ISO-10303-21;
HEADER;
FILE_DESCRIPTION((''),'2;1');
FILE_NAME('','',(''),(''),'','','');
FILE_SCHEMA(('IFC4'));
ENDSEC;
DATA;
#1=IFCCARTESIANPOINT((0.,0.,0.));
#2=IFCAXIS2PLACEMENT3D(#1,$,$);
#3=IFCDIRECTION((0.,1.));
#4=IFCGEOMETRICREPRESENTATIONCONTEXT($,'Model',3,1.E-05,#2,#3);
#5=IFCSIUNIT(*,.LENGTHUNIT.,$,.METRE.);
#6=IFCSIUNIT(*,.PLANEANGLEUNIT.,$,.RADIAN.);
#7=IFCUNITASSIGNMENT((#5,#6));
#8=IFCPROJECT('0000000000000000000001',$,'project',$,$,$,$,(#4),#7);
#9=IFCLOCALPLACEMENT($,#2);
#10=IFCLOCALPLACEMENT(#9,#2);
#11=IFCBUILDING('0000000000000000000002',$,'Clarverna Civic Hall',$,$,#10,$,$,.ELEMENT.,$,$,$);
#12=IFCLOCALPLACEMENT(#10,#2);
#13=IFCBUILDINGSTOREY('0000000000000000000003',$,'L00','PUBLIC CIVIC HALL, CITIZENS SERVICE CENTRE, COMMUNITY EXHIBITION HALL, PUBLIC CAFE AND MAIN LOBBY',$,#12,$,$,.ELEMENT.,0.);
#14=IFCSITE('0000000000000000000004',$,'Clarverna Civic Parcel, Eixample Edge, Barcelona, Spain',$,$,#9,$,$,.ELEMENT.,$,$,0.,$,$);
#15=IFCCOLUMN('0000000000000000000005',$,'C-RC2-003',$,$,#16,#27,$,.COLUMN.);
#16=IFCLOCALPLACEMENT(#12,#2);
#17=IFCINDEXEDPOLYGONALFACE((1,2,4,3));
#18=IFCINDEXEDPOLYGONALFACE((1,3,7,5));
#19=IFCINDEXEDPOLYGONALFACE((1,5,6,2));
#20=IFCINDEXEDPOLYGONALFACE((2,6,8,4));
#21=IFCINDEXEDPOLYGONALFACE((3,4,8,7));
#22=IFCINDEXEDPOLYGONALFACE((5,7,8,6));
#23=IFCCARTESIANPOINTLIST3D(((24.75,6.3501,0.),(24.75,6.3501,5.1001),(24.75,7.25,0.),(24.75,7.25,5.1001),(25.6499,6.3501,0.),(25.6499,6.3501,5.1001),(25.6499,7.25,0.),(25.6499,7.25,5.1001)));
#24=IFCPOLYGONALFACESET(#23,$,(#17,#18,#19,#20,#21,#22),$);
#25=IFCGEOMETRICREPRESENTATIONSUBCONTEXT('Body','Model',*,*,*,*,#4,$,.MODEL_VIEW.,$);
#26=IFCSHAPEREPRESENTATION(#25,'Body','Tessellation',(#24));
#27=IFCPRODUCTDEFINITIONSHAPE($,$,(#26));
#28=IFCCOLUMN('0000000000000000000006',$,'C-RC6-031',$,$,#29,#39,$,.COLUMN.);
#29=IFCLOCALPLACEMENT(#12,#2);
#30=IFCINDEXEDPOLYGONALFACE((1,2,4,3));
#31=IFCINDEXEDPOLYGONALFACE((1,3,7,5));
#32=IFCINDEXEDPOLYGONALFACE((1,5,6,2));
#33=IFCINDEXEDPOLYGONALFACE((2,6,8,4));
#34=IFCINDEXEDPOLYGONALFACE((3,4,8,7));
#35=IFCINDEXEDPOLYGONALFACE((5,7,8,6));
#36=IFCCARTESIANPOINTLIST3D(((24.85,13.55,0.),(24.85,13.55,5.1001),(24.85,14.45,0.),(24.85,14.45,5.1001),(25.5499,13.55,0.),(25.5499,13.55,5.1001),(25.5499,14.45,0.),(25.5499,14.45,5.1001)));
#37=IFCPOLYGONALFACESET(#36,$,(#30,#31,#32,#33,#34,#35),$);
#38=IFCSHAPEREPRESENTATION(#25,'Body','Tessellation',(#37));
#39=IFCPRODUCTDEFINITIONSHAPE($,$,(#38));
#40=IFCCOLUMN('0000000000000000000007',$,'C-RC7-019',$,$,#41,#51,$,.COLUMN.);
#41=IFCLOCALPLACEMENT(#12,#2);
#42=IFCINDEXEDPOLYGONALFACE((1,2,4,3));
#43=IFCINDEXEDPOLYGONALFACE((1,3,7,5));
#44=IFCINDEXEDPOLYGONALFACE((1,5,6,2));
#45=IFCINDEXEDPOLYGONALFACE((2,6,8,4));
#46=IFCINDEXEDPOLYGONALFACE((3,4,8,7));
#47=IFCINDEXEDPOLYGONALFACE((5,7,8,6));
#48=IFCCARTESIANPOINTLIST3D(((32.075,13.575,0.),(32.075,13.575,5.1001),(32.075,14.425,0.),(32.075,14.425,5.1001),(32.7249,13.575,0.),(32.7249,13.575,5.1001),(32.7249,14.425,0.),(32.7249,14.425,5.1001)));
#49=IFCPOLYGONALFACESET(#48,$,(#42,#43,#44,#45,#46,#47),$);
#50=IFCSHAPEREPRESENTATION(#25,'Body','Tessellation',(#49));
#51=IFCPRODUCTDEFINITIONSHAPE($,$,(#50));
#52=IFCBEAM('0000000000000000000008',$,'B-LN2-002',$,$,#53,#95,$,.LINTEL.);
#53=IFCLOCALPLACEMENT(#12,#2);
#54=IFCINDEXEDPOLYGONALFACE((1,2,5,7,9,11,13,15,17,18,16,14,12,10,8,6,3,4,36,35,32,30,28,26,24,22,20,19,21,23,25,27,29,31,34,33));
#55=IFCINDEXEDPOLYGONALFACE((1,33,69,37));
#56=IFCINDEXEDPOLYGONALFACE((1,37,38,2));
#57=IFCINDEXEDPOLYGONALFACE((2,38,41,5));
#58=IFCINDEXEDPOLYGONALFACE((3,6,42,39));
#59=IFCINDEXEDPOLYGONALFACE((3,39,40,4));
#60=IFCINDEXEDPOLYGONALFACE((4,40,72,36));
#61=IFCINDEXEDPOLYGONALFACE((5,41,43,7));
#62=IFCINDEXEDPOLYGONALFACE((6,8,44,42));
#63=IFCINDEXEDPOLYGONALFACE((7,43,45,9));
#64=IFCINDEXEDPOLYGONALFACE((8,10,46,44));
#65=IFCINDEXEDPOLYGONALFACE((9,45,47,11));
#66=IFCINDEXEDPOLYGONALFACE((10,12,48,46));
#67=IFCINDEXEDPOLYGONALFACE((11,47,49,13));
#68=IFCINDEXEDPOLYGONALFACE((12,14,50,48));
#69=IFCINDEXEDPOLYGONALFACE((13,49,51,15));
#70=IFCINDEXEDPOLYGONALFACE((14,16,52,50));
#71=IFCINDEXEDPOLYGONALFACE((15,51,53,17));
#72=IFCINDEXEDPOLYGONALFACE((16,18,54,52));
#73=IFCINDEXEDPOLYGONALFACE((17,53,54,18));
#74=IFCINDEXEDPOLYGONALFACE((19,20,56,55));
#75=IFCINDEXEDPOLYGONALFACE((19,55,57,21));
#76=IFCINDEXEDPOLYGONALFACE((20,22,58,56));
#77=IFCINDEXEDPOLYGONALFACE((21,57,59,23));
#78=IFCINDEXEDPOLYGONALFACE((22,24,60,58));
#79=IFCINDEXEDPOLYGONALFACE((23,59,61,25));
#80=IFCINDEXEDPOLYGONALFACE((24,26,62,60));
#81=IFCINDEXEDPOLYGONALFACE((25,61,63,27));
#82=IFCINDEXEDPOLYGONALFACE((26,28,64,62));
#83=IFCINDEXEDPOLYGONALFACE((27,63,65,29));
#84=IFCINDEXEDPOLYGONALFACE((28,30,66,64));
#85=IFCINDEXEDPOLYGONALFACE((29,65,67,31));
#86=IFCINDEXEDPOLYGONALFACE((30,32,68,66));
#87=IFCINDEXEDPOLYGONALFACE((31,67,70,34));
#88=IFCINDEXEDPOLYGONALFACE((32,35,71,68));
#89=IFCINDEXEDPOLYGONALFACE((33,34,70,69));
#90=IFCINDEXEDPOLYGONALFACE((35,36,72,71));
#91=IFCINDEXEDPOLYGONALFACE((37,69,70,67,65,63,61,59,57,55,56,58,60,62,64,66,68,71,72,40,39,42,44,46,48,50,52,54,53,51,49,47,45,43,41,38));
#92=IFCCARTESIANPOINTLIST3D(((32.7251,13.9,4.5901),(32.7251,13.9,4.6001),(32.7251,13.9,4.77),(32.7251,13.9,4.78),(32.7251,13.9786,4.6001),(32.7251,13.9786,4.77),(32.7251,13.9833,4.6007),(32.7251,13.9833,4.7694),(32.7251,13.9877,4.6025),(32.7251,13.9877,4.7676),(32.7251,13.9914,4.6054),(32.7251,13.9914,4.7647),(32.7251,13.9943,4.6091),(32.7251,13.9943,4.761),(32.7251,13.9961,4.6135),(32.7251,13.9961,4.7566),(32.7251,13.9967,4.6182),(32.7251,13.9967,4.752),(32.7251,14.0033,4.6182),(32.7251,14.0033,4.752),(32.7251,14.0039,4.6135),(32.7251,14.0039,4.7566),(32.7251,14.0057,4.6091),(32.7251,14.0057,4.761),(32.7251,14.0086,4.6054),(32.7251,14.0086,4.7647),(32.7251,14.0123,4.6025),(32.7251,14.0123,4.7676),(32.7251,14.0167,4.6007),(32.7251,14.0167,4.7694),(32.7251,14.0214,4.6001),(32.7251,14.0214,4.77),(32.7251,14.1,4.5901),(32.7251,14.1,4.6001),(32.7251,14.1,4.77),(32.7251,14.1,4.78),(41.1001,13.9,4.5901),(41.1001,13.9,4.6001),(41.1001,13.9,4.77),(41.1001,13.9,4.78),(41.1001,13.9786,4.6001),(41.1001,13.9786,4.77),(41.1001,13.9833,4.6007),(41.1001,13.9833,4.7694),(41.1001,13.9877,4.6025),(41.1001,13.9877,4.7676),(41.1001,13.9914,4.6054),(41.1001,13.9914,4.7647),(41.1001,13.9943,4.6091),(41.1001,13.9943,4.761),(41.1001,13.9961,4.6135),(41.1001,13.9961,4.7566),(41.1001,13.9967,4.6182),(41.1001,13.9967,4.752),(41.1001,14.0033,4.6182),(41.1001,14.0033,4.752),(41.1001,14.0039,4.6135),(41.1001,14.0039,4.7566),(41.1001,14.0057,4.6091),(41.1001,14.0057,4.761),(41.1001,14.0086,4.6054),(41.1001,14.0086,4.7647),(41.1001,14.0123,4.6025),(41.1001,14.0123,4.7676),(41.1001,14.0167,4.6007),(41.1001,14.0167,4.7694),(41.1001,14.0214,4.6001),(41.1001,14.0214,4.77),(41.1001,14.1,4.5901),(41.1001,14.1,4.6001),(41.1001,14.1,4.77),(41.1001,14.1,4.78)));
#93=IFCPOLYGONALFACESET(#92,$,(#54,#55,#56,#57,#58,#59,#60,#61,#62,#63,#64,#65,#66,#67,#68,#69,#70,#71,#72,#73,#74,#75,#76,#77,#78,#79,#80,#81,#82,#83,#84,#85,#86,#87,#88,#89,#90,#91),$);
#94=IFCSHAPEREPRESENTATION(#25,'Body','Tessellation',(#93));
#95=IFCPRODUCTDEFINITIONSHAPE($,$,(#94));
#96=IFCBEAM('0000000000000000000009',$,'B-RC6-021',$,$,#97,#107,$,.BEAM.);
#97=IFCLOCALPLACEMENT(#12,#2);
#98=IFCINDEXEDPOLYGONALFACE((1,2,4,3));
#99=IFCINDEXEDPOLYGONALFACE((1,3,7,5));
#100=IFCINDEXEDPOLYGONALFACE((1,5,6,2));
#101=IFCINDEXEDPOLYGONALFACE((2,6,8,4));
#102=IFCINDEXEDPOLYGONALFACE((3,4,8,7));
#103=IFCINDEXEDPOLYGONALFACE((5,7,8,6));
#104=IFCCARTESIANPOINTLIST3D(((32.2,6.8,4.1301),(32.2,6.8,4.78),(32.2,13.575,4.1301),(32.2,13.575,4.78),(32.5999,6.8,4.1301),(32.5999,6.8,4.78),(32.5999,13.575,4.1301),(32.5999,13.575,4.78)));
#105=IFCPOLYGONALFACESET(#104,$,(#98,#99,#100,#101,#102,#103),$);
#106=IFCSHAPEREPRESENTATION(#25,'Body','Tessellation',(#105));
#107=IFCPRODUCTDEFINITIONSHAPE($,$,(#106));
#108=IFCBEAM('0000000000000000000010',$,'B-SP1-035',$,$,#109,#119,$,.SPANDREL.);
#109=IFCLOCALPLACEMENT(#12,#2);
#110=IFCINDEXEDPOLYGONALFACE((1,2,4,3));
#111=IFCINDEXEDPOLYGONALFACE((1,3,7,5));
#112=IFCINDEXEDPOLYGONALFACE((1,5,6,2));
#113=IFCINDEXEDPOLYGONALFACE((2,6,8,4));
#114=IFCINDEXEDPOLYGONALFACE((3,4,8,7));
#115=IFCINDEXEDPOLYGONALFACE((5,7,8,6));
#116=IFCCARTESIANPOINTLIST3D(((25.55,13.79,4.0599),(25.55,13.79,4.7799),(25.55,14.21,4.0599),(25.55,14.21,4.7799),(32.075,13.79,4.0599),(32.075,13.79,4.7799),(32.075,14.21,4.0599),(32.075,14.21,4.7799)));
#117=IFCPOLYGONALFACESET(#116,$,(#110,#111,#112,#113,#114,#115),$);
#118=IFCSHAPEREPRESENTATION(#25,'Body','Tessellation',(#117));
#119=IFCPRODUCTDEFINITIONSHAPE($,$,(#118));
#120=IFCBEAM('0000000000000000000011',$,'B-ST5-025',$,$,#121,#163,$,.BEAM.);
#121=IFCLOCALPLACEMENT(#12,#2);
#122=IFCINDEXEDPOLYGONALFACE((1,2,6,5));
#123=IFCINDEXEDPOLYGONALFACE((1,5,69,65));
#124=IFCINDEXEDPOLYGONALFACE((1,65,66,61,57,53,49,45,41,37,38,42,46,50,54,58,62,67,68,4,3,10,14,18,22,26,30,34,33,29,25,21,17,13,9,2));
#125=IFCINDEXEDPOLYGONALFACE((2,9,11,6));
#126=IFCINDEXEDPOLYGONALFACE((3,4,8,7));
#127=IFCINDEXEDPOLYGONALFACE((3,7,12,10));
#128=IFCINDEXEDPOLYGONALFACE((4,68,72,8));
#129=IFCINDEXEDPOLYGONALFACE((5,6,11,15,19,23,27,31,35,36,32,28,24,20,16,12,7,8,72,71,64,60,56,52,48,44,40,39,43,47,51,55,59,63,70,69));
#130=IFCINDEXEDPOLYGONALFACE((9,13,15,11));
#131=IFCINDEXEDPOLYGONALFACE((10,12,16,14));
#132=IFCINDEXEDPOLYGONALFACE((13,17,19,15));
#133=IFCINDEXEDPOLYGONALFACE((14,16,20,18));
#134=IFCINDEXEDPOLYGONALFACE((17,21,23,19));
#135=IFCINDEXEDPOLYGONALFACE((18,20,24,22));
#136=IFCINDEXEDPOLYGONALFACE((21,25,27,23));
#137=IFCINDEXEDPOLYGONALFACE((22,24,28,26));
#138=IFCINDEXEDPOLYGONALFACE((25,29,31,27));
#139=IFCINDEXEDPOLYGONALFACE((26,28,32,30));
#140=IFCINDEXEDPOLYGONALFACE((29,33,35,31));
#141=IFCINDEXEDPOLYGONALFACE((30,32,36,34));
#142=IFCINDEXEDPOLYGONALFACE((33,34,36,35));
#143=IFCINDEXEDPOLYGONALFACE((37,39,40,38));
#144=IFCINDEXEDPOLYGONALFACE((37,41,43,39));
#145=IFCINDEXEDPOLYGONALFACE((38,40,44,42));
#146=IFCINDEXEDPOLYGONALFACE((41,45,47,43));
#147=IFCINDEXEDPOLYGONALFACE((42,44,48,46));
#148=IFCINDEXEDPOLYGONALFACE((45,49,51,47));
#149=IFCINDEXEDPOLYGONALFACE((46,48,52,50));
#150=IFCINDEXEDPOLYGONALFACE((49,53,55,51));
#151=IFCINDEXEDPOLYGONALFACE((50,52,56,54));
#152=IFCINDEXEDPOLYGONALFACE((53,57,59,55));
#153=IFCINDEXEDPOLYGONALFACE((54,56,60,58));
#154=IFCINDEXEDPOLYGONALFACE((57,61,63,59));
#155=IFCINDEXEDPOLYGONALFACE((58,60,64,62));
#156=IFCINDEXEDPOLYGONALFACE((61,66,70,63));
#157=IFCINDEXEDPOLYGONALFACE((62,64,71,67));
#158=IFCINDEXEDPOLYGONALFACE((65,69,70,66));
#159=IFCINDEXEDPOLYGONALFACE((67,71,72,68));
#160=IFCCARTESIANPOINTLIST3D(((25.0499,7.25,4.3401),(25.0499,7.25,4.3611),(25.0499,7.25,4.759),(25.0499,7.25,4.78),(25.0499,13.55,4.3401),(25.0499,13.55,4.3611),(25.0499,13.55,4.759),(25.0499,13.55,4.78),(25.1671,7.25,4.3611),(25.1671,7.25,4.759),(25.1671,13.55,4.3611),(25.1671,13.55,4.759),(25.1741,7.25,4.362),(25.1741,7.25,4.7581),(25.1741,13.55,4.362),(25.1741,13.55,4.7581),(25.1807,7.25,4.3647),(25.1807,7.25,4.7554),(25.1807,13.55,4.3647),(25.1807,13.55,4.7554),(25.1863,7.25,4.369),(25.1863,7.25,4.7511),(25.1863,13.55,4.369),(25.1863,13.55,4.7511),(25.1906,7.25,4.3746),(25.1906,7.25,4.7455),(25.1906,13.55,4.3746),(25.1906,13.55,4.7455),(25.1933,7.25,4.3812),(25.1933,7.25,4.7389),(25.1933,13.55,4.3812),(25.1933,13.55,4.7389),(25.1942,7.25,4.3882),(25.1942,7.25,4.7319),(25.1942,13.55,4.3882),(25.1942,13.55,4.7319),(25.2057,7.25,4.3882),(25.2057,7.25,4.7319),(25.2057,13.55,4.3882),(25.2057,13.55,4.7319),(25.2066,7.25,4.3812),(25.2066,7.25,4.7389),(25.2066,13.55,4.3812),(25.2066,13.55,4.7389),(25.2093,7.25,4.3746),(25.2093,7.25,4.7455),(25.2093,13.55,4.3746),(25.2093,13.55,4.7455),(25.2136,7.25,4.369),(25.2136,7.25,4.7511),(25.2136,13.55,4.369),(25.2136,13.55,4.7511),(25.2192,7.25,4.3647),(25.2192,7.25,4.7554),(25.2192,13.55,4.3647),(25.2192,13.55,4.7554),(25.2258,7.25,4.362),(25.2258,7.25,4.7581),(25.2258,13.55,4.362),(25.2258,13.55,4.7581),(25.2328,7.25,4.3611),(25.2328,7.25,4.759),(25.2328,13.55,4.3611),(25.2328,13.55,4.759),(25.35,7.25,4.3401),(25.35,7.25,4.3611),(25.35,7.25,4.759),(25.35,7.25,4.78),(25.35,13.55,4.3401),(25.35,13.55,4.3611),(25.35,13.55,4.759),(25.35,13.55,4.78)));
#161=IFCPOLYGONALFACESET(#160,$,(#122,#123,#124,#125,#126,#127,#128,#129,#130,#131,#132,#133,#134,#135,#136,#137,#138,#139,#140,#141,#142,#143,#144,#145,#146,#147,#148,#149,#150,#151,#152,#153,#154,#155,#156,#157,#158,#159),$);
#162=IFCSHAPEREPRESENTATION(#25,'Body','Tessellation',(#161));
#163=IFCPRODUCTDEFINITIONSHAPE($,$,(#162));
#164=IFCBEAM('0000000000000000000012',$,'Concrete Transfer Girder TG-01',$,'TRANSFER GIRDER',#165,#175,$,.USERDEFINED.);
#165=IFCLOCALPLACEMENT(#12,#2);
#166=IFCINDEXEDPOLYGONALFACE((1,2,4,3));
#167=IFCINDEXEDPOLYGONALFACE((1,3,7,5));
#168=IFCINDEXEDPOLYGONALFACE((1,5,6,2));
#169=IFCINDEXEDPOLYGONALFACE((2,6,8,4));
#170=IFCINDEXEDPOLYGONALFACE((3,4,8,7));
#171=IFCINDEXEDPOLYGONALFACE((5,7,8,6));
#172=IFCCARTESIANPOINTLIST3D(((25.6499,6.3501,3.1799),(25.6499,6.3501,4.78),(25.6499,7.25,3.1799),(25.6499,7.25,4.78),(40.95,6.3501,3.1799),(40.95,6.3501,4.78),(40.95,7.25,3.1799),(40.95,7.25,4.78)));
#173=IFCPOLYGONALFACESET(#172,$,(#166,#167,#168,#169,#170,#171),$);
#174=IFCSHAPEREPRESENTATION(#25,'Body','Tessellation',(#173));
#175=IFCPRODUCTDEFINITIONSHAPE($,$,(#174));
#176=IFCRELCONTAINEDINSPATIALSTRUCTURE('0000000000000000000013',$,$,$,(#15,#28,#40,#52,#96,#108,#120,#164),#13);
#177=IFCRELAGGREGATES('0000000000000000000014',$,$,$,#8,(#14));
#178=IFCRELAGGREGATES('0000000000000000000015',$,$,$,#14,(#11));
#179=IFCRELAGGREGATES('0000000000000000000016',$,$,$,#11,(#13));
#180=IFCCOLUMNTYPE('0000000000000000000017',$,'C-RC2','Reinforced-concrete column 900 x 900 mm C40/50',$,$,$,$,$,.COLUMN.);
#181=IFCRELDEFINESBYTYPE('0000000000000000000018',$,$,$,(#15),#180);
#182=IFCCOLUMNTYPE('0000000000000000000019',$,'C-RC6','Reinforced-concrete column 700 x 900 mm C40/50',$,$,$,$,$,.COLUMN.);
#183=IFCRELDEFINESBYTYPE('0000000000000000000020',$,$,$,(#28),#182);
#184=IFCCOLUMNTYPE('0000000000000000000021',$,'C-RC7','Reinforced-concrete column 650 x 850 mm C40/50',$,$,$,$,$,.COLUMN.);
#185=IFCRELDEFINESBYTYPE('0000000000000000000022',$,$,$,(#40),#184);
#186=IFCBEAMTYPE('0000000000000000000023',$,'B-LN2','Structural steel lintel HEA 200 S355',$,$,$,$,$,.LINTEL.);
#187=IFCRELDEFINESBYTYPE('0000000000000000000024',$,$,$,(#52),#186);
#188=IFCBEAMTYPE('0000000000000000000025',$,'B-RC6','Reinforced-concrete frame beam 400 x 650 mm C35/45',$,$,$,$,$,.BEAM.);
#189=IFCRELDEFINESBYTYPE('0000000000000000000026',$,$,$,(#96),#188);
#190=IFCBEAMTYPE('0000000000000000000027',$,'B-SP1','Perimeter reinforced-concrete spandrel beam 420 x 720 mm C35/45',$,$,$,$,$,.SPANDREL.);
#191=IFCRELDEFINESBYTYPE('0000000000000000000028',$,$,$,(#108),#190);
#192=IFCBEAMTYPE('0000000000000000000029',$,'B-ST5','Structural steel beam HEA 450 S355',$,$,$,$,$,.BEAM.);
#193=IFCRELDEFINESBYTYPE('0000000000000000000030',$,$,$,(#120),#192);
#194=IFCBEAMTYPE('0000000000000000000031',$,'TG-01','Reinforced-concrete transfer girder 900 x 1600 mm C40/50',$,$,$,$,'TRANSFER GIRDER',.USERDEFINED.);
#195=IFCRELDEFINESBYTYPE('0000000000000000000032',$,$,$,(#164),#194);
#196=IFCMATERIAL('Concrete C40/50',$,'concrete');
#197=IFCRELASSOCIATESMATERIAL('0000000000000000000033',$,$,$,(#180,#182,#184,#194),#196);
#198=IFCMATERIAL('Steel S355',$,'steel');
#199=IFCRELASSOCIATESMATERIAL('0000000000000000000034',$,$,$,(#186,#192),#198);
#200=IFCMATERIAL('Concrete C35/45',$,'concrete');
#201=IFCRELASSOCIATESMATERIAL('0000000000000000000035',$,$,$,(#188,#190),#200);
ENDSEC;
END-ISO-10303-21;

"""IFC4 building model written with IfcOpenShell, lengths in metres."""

from ifc_helpers import new_model, si_unit, direction, frame, origin, origin_2d, place, context, subcontext, project, spatial, rectangle, i_section, extrude, material, material_profile, profile_set, type_object, element, save


model = new_model("IFC4")

# Units and contexts
model_context = context("Model", 3, precision=1e-05, world=origin(), true_north=direction((0.0, 1.0)))
body_context = subcontext(model_context, "Body", "Model", "MODEL_VIEW")
ifc_project = project(units=[si_unit("LENGTHUNIT", "METRE"), si_unit("PLANEANGLEUNIT", "RADIAN")], contexts=[model_context])

# Site, building, storey
site_placement = place(None, origin())
site = spatial("IfcSite", under=ifc_project, at=site_placement, Name="Clarverna Civic Parcel, Eixample Edge, Barcelona, Spain", CompositionType="ELEMENT", RefElevation=0.0)
building_placement = place(site_placement, origin())
building = spatial("IfcBuilding", under=site, at=building_placement, Name="Clarverna Civic Hall", CompositionType="ELEMENT")
storey_placement = place(building_placement, origin())
storey = spatial("IfcBuildingStorey", under=building, at=storey_placement, Name="L00", Description="PUBLIC CIVIC HALL, CITIZENS SERVICE CENTRE, COMMUNITY EXHIBITION HALL, PUBLIC CAFE AND MAIN LOBBY", CompositionType="ELEMENT", Elevation=0.0)

# Columns
ifc_material_1 = material(Name="Concrete C40/50", Category="concrete")
ifc_material_profile_1 = material_profile(ifc_material_1, rectangle(XDim=0.8999, YDim=0.8999, at=origin_2d()), Name="RC 900x900")
ifc_profile_set_1 = profile_set([ifc_material_profile_1], Name="Concrete C40/50")
column_type_1 = type_object("IfcColumnType", Name="C-RC2", Description="Reinforced-concrete column 900 x 900 mm C40/50", PredefinedType="COLUMN", material=ifc_profile_set_1)
column_1_placement = place(storey_placement, frame((25.2, 6.8, 0.0), z_axis=(0.0, 0.0, 1.0), x_axis=(1.0, 0.0, 0.0)))
element("IfcColumn", 1, at=column_1_placement, inside=storey, type_object=column_type_1, Name="C-RC2-003", PredefinedType="COLUMN", context=body_context, shape_type="SweptSolid", body=[
    extrude(rectangle(XDim=0.8999, YDim=0.8999, at=origin_2d()), origin(), (0.0, 0.0, 1.0), 5.1001),
])
ifc_material_profile_2 = material_profile(ifc_material_1, rectangle(XDim=0.7, YDim=0.8999, at=origin_2d()), Name="RC 700x900")
ifc_profile_set_2 = profile_set([ifc_material_profile_2], Name="Concrete C40/50")
column_type_2 = type_object("IfcColumnType", Name="C-RC6", Description="Reinforced-concrete column 700 x 900 mm C40/50", PredefinedType="COLUMN", material=ifc_profile_set_2)
column_2_placement = place(storey_placement, frame((25.2, 14.0, 0.0), z_axis=(0.0, 0.0, 1.0), x_axis=(1.0, 0.0, 0.0)))
element("IfcColumn", 2, at=column_2_placement, inside=storey, type_object=column_type_2, Name="C-RC6-031", PredefinedType="COLUMN", context=body_context, shape_type="SweptSolid", body=[
    extrude(rectangle(XDim=0.7, YDim=0.8999, at=origin_2d()), origin(), (0.0, 0.0, 1.0), 5.1001),
])
ifc_material_profile_3 = material_profile(ifc_material_1, rectangle(XDim=0.6499, YDim=0.8501, at=origin_2d()), Name="RC 650x850")
ifc_profile_set_3 = profile_set([ifc_material_profile_3], Name="Concrete C40/50")
column_type_3 = type_object("IfcColumnType", Name="C-RC7", Description="Reinforced-concrete column 650 x 850 mm C40/50", PredefinedType="COLUMN", material=ifc_profile_set_3)
column_3_placement = place(storey_placement, frame((32.3999, 14.0, 0.0), z_axis=(0.0, 0.0, 1.0), x_axis=(1.0, 0.0, 0.0)))
element("IfcColumn", 3, at=column_3_placement, inside=storey, type_object=column_type_3, Name="C-RC7-019", PredefinedType="COLUMN", context=body_context, shape_type="SweptSolid", body=[
    extrude(rectangle(XDim=0.6499, YDim=0.8501, at=origin_2d()), origin(), (0.0, 0.0, 1.0), 5.1001),
])

# Beams
ifc_material_2 = material(Name="Steel S355", Category="steel")
ifc_material_profile_4 = material_profile(ifc_material_2, i_section(OverallWidth=0.2, OverallDepth=0.1899, WebThickness=0.0066, FlangeThickness=0.01, FilletRadius=0.0181, at=origin_2d()), Name="HEA 200")
ifc_profile_set_4 = profile_set([ifc_material_profile_4], Name="Steel S355")
beam_type_1 = type_object("IfcBeamType", Name="B-LN2", Description="Structural steel lintel HEA 200 S355", PredefinedType="LINTEL", material=ifc_profile_set_4)
beam_1_placement = place(storey_placement, frame((32.7251, 14.0, 4.6851), z_axis=(1.0, 0.0, 0.0), x_axis=(0.0, 1.0, 0.0)))
element("IfcBeam", 4, at=beam_1_placement, inside=storey, type_object=beam_type_1, Name="B-LN2-002", PredefinedType="LINTEL", context=body_context, shape_type="SweptSolid", body=[
    extrude(i_section(OverallWidth=0.2, OverallDepth=0.1899, WebThickness=0.0066, FlangeThickness=0.01, FilletRadius=0.0181, at=origin_2d()), origin(), (0.0, 0.0, 1.0), 8.375),
])
ifc_material_3 = material(Name="Concrete C35/45", Category="concrete")
ifc_material_profile_5 = material_profile(ifc_material_3, rectangle(XDim=0.3999, YDim=0.6499, at=origin_2d()), Name="RC 400x650")
ifc_profile_set_5 = profile_set([ifc_material_profile_5], Name="Concrete C35/45")
beam_type_2 = type_object("IfcBeamType", Name="B-RC6", Description="Reinforced-concrete frame beam 400 x 650 mm C35/45", PredefinedType="BEAM", material=ifc_profile_set_5)
beam_2_placement = place(storey_placement, frame((32.3999, 6.8, 4.4551), z_axis=(0.0, 1.0, 0.0), x_axis=(-1.0, 0.0, 0.0)))
element("IfcBeam", 5, at=beam_2_placement, inside=storey, type_object=beam_type_2, Name="B-RC6-021", PredefinedType="BEAM", context=body_context, shape_type="SweptSolid", body=[
    extrude(rectangle(XDim=0.3999, YDim=0.6499, at=origin_2d()), origin(), (0.0, 0.0, 1.0), 6.7749),
])
ifc_material_profile_6 = material_profile(ifc_material_3, rectangle(XDim=0.4199, YDim=0.72, at=origin_2d()), Name="RC 420x720")
ifc_profile_set_6 = profile_set([ifc_material_profile_6], Name="Concrete C35/45")
beam_type_3 = type_object("IfcBeamType", Name="B-SP1", Description="Perimeter reinforced-concrete spandrel beam 420 x 720 mm C35/45", PredefinedType="SPANDREL", material=ifc_profile_set_6)
beam_3_placement = place(storey_placement, frame((25.55, 14.0, 4.4199), z_axis=(1.0, 0.0, 0.0), x_axis=(0.0, 1.0, 0.0)))
element("IfcBeam", 6, at=beam_3_placement, inside=storey, type_object=beam_type_3, Name="B-SP1-035", PredefinedType="SPANDREL", context=body_context, shape_type="SweptSolid", body=[
    extrude(rectangle(XDim=0.4199, YDim=0.72, at=origin_2d()), origin(), (0.0, 0.0, 1.0), 6.5249),
])
ifc_material_profile_7 = material_profile(ifc_material_2, i_section(OverallWidth=0.3, OverallDepth=0.4399, WebThickness=0.0115, FlangeThickness=0.021, FilletRadius=0.0271, at=origin_2d()), Name="HEA 450")
ifc_profile_set_7 = profile_set([ifc_material_profile_7], Name="Steel S355")
beam_type_4 = type_object("IfcBeamType", Name="B-ST5", Description="Structural steel beam HEA 450 S355", PredefinedType="BEAM", material=ifc_profile_set_7)
beam_4_placement = place(storey_placement, frame((25.2, 7.25, 4.5601), z_axis=(0.0, 1.0, 0.0), x_axis=(-1.0, 0.0, 0.0)))
element("IfcBeam", 7, at=beam_4_placement, inside=storey, type_object=beam_type_4, Name="B-ST5-025", PredefinedType="BEAM", context=body_context, shape_type="SweptSolid", body=[
    extrude(i_section(OverallWidth=0.3, OverallDepth=0.4399, WebThickness=0.0115, FlangeThickness=0.021, FilletRadius=0.0271, at=origin_2d()), origin(), (0.0, 0.0, 1.0), 6.3),
])
ifc_material_profile_8 = material_profile(ifc_material_1, rectangle(XDim=0.8999, YDim=1.6001, at=origin_2d()), Name="RC 900x1600")
ifc_profile_set_8 = profile_set([ifc_material_profile_8], Name="Concrete C40/50")
beam_type_5 = type_object("IfcBeamType", Name="TG-01", Description="Reinforced-concrete transfer girder 900 x 1600 mm C40/50", ElementType="TRANSFER GIRDER", PredefinedType="USERDEFINED", material=ifc_profile_set_8)
beam_5_placement = place(storey_placement, frame((25.6499, 6.8, 3.98), z_axis=(1.0, 0.0, 0.0), x_axis=(0.0, 1.0, 0.0)))
element("IfcBeam", 8, at=beam_5_placement, inside=storey, type_object=beam_type_5, Name="Concrete Transfer Girder TG-01", ObjectType="TRANSFER GIRDER", PredefinedType="USERDEFINED", context=body_context, shape_type="SweptSolid", body=[
    extrude(rectangle(XDim=0.8999, YDim=1.6001, at=origin_2d()), origin(), (0.0, 0.0, 1.0), 15.3),
])

save(model, "model.ifc")
